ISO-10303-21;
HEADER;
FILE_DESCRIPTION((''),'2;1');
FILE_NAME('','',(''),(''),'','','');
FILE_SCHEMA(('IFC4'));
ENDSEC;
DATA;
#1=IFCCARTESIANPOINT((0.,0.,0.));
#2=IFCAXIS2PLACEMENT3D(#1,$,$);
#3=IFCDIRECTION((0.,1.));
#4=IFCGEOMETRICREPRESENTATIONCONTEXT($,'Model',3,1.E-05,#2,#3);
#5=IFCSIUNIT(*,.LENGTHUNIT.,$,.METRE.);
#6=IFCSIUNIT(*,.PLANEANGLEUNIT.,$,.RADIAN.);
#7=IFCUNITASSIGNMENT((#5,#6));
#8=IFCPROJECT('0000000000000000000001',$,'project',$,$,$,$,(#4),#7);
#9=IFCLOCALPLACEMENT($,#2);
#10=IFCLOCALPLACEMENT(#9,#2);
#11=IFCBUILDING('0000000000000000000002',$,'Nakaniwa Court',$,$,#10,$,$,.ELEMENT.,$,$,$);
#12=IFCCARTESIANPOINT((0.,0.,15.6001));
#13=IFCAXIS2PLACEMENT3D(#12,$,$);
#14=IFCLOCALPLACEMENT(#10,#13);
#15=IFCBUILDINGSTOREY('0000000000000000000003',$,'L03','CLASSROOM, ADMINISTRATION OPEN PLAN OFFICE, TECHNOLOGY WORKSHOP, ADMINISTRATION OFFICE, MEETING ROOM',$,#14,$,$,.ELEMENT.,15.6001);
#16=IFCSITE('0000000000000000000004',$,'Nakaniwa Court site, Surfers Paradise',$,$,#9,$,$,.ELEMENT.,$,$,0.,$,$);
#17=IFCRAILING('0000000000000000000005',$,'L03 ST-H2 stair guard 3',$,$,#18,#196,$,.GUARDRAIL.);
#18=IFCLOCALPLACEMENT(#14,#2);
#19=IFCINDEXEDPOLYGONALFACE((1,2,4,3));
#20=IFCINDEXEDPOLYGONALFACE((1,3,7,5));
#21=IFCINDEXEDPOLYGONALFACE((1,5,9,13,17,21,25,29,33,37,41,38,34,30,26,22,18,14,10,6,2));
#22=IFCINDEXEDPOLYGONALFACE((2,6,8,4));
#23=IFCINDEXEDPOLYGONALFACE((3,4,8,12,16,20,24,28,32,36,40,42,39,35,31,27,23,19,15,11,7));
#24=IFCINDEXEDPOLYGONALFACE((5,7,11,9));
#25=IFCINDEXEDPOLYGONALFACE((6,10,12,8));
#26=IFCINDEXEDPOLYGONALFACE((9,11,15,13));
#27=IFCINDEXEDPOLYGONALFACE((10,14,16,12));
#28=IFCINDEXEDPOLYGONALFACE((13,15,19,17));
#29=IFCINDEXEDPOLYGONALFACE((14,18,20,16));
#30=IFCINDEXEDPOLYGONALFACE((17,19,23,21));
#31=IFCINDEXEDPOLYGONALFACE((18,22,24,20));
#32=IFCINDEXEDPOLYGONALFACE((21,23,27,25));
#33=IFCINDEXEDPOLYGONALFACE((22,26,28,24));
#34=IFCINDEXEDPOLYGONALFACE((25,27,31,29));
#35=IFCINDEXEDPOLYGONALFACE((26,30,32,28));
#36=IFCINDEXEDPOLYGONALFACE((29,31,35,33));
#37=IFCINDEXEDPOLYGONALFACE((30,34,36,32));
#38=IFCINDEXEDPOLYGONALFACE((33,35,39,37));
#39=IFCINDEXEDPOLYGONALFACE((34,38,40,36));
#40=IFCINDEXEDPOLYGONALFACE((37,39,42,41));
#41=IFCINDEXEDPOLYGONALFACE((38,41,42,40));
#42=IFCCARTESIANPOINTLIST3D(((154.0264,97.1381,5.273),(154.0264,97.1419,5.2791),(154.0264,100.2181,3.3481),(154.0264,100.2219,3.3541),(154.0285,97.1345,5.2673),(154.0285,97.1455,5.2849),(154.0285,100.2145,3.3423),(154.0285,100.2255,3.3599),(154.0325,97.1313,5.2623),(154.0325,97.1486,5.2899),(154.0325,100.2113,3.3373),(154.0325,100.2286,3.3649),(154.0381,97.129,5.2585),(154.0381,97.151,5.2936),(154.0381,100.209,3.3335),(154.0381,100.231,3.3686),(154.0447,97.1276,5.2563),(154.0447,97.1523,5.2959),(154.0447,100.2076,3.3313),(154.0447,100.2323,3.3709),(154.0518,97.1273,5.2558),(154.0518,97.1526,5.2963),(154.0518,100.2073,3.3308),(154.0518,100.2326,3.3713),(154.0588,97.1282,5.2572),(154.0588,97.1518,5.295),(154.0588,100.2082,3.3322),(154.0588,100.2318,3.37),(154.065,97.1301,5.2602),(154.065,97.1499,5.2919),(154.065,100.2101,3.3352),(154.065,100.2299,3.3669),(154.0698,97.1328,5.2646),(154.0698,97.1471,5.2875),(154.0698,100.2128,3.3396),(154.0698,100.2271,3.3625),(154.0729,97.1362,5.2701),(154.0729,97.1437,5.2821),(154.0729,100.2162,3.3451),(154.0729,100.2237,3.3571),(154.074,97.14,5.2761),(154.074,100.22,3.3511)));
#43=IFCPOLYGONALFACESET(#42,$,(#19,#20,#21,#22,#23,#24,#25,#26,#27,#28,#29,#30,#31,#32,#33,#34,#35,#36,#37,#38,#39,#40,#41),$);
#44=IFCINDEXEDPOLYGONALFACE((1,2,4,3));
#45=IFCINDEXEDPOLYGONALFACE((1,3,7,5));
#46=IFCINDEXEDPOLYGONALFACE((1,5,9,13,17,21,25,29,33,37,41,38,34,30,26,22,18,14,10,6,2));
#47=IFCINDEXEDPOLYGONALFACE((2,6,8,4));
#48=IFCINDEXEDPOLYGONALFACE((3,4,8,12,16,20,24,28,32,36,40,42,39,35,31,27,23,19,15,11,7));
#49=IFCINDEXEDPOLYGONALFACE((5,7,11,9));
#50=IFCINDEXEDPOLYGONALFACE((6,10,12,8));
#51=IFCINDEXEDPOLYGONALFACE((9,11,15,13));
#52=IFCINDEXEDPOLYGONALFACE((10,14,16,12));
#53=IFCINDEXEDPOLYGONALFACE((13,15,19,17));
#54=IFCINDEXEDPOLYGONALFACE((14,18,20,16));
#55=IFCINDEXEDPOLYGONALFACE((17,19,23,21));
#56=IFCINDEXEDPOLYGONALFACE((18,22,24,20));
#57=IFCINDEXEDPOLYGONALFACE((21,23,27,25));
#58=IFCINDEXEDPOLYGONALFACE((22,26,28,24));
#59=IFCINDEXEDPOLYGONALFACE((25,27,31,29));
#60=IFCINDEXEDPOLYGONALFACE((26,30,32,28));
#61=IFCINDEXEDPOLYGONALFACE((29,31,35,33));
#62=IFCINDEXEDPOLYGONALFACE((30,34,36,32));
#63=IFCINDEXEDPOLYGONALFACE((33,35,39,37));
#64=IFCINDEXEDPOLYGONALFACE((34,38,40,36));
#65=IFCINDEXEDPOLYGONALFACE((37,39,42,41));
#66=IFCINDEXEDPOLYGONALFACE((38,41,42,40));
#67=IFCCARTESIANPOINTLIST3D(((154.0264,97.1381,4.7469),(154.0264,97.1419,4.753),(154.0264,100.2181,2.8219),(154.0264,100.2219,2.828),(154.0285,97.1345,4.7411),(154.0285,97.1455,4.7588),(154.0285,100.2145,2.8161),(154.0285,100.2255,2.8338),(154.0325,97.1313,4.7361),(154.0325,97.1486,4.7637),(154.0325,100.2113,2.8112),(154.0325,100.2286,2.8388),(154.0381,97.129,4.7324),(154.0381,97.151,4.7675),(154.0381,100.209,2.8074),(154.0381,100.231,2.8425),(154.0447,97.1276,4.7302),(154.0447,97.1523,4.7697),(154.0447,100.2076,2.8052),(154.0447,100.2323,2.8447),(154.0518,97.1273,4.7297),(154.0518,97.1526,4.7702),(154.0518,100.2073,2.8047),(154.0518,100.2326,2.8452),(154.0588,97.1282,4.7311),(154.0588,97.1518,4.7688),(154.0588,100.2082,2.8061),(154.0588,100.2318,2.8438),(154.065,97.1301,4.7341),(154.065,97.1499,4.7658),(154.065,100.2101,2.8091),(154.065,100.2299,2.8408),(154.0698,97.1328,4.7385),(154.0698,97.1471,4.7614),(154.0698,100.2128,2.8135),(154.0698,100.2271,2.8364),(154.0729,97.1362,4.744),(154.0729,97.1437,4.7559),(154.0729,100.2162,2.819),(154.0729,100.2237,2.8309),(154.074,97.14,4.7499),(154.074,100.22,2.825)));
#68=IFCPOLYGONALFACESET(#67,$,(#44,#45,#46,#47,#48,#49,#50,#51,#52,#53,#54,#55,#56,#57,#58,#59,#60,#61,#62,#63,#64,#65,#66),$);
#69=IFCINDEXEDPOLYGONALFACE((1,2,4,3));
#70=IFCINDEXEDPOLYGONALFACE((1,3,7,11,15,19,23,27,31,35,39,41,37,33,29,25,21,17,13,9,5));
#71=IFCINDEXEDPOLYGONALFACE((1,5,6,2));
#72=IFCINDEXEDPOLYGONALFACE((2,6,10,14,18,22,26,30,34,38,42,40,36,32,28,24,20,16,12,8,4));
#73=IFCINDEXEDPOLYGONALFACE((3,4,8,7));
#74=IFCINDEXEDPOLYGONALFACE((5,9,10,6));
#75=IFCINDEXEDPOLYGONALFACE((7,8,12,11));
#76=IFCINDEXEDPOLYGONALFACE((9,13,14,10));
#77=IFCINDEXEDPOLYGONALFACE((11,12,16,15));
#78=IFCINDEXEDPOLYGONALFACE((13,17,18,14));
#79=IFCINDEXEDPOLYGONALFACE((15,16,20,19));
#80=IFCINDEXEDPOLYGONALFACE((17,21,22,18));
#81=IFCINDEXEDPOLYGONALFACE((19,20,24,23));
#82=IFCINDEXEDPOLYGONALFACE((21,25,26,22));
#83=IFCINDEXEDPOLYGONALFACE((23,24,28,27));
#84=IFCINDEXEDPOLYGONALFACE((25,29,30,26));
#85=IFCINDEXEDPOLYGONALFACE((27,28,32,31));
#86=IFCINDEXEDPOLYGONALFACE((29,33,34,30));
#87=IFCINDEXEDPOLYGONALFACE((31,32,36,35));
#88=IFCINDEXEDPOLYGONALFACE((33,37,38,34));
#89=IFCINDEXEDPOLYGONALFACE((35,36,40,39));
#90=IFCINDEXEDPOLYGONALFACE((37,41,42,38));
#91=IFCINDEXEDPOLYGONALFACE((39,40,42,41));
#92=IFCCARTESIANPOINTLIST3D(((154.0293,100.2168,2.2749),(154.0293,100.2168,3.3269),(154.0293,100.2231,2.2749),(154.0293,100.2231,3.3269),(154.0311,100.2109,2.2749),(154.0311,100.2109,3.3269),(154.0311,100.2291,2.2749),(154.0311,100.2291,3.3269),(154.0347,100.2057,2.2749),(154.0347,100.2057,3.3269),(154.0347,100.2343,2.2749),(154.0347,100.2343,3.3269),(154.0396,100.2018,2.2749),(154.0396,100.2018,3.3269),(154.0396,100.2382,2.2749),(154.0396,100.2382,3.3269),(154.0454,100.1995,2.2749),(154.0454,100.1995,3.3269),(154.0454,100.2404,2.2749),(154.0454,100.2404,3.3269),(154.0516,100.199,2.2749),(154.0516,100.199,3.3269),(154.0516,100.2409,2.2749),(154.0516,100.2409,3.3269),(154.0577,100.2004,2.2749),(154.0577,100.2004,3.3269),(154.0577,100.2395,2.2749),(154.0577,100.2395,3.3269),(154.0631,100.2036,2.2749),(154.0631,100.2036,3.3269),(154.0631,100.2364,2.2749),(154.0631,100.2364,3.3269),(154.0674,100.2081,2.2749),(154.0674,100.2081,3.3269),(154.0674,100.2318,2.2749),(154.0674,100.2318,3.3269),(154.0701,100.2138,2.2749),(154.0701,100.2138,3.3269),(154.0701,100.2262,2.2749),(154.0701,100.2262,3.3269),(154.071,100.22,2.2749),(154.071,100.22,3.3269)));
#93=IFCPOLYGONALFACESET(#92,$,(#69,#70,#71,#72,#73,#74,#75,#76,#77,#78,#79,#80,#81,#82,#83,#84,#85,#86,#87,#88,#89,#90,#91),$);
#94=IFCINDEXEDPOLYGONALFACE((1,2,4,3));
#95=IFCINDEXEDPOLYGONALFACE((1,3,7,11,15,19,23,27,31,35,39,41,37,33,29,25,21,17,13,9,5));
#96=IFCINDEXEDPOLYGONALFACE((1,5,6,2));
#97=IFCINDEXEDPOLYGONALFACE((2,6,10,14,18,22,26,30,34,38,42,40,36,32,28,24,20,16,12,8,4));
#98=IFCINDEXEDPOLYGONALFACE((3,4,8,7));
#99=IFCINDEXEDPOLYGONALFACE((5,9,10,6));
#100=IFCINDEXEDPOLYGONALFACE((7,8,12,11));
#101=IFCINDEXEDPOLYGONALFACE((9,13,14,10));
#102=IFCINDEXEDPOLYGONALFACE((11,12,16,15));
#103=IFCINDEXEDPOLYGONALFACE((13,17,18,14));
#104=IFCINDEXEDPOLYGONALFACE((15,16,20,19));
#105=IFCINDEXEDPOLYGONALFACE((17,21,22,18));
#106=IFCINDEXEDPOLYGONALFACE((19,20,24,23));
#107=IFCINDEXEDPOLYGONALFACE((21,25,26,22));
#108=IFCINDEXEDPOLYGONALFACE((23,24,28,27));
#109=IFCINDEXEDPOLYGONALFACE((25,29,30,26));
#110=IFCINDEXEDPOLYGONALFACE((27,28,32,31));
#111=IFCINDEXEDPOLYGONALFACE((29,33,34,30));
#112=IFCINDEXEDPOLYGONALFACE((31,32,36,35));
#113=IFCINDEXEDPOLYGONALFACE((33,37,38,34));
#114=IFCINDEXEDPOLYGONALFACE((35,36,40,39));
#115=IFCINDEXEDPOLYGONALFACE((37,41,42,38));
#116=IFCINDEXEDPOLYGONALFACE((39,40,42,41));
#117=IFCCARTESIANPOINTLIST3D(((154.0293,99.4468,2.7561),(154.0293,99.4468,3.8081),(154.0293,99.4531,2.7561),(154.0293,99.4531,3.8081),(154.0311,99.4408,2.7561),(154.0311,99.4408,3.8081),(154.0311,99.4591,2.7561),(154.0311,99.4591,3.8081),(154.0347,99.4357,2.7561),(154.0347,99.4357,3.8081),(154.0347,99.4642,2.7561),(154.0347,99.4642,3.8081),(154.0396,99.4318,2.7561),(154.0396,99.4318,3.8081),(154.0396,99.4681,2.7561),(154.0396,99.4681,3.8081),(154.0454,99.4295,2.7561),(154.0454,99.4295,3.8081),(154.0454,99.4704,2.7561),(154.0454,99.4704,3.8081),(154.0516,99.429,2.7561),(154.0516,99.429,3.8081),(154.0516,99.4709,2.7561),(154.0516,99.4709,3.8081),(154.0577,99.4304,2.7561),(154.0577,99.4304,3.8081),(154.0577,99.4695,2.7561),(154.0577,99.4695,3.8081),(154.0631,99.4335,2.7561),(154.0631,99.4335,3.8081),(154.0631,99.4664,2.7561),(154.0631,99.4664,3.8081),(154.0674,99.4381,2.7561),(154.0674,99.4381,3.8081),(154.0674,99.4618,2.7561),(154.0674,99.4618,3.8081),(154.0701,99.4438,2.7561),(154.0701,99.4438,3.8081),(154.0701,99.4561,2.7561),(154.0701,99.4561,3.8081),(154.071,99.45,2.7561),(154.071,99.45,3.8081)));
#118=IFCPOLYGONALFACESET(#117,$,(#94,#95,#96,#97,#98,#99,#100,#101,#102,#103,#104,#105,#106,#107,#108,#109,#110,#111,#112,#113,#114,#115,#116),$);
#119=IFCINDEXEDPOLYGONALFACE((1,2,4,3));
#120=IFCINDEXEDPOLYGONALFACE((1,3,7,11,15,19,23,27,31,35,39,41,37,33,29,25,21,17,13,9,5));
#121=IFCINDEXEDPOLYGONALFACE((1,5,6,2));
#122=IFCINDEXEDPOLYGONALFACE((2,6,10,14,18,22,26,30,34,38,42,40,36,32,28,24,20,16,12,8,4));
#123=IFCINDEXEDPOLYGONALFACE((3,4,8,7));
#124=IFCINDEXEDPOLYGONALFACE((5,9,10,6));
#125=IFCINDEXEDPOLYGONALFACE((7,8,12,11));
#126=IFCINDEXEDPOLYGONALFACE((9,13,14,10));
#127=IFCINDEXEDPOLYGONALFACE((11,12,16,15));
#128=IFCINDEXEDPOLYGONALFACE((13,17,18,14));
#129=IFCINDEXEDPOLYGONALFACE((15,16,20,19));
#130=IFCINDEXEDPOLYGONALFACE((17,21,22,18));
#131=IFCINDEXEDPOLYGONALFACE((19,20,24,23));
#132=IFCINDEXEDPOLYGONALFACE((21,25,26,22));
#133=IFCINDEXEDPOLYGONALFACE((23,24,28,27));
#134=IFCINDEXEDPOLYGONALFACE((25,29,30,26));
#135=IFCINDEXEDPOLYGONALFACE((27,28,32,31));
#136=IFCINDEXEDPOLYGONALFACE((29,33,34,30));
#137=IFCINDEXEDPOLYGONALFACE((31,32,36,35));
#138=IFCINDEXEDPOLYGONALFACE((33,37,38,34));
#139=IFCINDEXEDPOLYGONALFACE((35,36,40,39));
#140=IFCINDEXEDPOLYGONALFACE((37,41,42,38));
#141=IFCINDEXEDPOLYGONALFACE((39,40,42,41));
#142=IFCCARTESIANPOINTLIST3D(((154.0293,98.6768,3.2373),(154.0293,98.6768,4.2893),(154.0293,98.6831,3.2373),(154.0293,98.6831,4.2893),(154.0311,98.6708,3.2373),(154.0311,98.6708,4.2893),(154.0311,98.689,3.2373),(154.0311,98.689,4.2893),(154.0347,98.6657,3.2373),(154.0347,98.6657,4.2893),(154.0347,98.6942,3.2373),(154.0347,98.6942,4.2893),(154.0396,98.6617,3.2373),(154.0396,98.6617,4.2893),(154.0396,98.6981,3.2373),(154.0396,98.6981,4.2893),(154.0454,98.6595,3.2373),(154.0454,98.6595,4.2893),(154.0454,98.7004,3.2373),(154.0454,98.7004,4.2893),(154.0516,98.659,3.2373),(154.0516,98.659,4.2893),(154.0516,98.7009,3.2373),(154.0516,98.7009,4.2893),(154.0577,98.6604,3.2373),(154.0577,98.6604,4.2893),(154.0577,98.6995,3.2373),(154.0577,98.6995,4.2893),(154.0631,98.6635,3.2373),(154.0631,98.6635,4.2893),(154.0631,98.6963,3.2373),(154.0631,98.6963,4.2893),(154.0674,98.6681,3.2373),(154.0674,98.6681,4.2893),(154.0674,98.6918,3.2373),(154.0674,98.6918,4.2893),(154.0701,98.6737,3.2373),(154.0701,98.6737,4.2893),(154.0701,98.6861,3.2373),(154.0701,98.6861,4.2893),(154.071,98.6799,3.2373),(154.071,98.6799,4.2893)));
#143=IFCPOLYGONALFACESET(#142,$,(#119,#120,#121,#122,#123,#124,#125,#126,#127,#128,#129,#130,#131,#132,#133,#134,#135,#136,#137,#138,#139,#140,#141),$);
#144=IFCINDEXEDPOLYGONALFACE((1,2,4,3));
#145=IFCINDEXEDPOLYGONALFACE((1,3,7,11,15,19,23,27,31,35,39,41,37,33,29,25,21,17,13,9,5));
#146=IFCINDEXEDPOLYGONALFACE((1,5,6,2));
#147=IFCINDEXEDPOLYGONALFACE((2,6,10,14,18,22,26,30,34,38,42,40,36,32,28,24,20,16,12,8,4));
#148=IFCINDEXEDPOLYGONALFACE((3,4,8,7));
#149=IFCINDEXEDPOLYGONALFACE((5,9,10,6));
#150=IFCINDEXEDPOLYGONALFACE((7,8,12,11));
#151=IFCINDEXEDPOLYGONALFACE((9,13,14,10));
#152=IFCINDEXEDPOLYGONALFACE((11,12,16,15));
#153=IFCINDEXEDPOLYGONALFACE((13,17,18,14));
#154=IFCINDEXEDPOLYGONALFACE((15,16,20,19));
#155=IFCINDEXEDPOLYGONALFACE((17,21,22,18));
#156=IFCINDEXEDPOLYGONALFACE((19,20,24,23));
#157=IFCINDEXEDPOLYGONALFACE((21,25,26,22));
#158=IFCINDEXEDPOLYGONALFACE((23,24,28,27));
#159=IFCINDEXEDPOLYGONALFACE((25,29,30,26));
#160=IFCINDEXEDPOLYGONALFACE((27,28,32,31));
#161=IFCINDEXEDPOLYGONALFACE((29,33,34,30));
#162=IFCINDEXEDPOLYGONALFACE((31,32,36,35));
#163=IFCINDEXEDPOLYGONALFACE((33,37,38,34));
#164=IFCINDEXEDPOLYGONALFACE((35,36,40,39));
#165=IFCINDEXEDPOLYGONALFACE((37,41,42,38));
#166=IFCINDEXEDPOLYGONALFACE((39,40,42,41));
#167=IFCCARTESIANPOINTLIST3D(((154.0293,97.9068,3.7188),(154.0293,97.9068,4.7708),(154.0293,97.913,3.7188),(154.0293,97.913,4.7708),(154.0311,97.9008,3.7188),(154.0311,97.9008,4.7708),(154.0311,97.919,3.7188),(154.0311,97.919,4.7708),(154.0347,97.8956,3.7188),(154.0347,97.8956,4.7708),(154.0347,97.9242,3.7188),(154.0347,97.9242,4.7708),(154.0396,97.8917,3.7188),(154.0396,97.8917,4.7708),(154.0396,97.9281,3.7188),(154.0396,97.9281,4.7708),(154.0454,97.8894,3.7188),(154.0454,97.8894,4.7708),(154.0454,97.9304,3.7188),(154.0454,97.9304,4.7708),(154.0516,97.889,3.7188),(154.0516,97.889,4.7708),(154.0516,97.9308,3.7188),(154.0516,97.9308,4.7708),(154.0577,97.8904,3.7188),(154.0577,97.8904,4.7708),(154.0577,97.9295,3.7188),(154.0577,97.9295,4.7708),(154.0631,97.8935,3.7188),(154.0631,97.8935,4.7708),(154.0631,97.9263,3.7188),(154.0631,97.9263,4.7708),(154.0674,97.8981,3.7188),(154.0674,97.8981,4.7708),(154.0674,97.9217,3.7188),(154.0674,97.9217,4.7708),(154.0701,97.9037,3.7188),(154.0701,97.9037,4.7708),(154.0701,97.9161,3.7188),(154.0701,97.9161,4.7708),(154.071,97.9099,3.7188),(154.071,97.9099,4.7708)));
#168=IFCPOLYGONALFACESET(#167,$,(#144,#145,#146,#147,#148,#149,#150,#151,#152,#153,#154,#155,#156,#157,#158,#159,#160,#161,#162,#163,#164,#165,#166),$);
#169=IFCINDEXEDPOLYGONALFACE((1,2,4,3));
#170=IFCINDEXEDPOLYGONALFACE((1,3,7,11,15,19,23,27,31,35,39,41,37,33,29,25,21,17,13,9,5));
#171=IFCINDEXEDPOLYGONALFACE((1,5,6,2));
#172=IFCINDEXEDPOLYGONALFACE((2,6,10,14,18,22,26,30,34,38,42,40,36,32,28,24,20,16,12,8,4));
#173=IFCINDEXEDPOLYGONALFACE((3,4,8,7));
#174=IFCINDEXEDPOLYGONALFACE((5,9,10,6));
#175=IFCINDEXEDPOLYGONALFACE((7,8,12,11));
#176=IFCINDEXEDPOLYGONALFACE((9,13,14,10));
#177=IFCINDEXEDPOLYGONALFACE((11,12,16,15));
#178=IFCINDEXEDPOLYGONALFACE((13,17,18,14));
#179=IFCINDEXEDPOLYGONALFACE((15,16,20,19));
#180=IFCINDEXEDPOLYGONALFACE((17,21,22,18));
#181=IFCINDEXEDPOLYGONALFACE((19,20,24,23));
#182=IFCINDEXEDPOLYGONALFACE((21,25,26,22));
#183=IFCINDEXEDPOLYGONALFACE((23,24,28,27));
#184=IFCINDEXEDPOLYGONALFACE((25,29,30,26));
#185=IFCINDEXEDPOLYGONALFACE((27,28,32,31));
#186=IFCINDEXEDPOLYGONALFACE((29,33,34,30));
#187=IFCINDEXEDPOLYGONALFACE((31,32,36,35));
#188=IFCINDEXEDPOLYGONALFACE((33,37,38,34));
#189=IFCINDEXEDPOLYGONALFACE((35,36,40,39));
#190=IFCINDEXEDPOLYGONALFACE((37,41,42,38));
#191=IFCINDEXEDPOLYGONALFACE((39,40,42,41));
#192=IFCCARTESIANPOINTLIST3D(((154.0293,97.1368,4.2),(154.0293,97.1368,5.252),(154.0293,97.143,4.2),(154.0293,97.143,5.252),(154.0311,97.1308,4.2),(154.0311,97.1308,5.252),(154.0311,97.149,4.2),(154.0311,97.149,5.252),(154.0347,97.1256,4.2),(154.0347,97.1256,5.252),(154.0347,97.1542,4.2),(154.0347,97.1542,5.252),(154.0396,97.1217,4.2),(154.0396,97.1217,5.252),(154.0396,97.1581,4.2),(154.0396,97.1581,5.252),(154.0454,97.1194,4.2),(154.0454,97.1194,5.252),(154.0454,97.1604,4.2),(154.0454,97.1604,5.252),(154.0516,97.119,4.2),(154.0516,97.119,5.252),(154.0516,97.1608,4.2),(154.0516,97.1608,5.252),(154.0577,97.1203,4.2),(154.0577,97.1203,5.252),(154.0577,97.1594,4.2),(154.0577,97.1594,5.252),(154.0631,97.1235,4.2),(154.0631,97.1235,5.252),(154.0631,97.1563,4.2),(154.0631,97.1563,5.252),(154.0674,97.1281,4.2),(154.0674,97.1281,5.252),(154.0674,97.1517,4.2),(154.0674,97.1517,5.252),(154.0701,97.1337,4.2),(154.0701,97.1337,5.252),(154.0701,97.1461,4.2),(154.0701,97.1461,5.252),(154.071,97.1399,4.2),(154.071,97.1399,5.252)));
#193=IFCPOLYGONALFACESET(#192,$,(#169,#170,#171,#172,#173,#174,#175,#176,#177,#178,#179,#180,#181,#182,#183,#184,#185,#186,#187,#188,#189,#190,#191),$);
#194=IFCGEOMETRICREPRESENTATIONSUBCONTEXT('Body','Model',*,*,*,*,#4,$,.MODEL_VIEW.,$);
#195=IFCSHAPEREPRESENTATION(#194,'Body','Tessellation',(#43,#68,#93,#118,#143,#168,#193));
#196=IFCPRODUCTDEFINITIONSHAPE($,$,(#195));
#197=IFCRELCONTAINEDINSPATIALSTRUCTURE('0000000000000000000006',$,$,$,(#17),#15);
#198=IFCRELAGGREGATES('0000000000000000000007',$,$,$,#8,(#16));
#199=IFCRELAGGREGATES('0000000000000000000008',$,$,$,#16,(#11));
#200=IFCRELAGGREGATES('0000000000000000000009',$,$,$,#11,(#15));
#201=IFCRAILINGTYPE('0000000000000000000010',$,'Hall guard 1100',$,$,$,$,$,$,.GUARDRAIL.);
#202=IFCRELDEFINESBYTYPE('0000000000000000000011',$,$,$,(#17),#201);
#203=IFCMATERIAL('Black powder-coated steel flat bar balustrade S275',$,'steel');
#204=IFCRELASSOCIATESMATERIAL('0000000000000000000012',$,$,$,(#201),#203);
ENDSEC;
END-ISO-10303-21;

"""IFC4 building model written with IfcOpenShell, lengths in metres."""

from ifc_helpers import new_model, si_unit, direction, frame, origin, origin_2d, place, context, subcontext, project, spatial, circle, extrude, material, type_object, element, save


model = new_model("IFC4")

# Units and contexts
model_context = context("Model", 3, precision=1e-05, world=origin(), true_north=direction((0.0, 1.0)))
body_context = subcontext(model_context, "Body", "Model", "MODEL_VIEW")
ifc_project = project(units=[si_unit("LENGTHUNIT", "METRE"), si_unit("PLANEANGLEUNIT", "RADIAN")], contexts=[model_context])

# Site, building, storey
site_placement = place(None, origin())
site = spatial("IfcSite", under=ifc_project, at=site_placement, Name="Nakaniwa Court site, Surfers Paradise", CompositionType="ELEMENT", RefElevation=0.0)
building_placement = place(site_placement, origin())
building = spatial("IfcBuilding", under=site, at=building_placement, Name="Nakaniwa Court", CompositionType="ELEMENT")
storey_placement = place(building_placement, frame((0.0, 0.0, 15.6001)))
storey = spatial("IfcBuildingStorey", under=building, at=storey_placement, Name="L03", Description="CLASSROOM, ADMINISTRATION OPEN PLAN OFFICE, TECHNOLOGY WORKSHOP, ADMINISTRATION OFFICE, MEETING ROOM", CompositionType="ELEMENT", Elevation=15.6001)

# Railing
ifc_material_1 = material(Name="Black powder-coated steel flat bar balustrade S275", Category="steel")
railing_type_1 = type_object("IfcRailingType", Name="Hall guard 1100", PredefinedType="GUARDRAIL", material=ifc_material_1)
railing_1_placement = place(storey_placement, frame((154.05, 100.22, 2.2749)))
element("IfcRailing", 1, at=railing_1_placement, inside=storey, type_object=railing_type_1, Name="L03 ST-H2 stair guard 3", PredefinedType="GUARDRAIL", context=body_context, shape_type="SweptSolid", body=[
    extrude(circle(Radius=0.0239, at=origin_2d()), frame((0.0, 0.0, 1.0762), z_axis=(0.0, -0.847998, 0.529999), x_axis=(1.0, 0.0, 0.0)), (0.0, 0.0, 1.0), 3.6321),
    extrude(circle(Radius=0.0239, at=origin_2d()), frame((0.0, 0.0, 0.55), z_axis=(0.0, -0.847998, 0.529999), x_axis=(1.0, 0.0, 0.0)), (0.0, 0.0, 1.0), 3.6321),
    extrude(circle(Radius=0.021, at=origin_2d()), origin(), (0.0, 0.0, 1.0), 1.052),
    extrude(circle(Radius=0.021, at=origin_2d()), frame((0.0, -0.77, 0.4812)), (0.0, 0.0, 1.0), 1.052),
    extrude(circle(Radius=0.021, at=origin_2d()), frame((0.0, -1.54, 0.9624)), (0.0, 0.0, 1.0), 1.052),
    extrude(circle(Radius=0.021, at=origin_2d()), frame((0.0, -2.3101, 1.4438)), (0.0, 0.0, 1.0), 1.052),
    extrude(circle(Radius=0.021, at=origin_2d()), frame((0.0, -3.0801, 1.925)), (0.0, 0.0, 1.0), 1.052),
])

save(model, "model.ifc")
